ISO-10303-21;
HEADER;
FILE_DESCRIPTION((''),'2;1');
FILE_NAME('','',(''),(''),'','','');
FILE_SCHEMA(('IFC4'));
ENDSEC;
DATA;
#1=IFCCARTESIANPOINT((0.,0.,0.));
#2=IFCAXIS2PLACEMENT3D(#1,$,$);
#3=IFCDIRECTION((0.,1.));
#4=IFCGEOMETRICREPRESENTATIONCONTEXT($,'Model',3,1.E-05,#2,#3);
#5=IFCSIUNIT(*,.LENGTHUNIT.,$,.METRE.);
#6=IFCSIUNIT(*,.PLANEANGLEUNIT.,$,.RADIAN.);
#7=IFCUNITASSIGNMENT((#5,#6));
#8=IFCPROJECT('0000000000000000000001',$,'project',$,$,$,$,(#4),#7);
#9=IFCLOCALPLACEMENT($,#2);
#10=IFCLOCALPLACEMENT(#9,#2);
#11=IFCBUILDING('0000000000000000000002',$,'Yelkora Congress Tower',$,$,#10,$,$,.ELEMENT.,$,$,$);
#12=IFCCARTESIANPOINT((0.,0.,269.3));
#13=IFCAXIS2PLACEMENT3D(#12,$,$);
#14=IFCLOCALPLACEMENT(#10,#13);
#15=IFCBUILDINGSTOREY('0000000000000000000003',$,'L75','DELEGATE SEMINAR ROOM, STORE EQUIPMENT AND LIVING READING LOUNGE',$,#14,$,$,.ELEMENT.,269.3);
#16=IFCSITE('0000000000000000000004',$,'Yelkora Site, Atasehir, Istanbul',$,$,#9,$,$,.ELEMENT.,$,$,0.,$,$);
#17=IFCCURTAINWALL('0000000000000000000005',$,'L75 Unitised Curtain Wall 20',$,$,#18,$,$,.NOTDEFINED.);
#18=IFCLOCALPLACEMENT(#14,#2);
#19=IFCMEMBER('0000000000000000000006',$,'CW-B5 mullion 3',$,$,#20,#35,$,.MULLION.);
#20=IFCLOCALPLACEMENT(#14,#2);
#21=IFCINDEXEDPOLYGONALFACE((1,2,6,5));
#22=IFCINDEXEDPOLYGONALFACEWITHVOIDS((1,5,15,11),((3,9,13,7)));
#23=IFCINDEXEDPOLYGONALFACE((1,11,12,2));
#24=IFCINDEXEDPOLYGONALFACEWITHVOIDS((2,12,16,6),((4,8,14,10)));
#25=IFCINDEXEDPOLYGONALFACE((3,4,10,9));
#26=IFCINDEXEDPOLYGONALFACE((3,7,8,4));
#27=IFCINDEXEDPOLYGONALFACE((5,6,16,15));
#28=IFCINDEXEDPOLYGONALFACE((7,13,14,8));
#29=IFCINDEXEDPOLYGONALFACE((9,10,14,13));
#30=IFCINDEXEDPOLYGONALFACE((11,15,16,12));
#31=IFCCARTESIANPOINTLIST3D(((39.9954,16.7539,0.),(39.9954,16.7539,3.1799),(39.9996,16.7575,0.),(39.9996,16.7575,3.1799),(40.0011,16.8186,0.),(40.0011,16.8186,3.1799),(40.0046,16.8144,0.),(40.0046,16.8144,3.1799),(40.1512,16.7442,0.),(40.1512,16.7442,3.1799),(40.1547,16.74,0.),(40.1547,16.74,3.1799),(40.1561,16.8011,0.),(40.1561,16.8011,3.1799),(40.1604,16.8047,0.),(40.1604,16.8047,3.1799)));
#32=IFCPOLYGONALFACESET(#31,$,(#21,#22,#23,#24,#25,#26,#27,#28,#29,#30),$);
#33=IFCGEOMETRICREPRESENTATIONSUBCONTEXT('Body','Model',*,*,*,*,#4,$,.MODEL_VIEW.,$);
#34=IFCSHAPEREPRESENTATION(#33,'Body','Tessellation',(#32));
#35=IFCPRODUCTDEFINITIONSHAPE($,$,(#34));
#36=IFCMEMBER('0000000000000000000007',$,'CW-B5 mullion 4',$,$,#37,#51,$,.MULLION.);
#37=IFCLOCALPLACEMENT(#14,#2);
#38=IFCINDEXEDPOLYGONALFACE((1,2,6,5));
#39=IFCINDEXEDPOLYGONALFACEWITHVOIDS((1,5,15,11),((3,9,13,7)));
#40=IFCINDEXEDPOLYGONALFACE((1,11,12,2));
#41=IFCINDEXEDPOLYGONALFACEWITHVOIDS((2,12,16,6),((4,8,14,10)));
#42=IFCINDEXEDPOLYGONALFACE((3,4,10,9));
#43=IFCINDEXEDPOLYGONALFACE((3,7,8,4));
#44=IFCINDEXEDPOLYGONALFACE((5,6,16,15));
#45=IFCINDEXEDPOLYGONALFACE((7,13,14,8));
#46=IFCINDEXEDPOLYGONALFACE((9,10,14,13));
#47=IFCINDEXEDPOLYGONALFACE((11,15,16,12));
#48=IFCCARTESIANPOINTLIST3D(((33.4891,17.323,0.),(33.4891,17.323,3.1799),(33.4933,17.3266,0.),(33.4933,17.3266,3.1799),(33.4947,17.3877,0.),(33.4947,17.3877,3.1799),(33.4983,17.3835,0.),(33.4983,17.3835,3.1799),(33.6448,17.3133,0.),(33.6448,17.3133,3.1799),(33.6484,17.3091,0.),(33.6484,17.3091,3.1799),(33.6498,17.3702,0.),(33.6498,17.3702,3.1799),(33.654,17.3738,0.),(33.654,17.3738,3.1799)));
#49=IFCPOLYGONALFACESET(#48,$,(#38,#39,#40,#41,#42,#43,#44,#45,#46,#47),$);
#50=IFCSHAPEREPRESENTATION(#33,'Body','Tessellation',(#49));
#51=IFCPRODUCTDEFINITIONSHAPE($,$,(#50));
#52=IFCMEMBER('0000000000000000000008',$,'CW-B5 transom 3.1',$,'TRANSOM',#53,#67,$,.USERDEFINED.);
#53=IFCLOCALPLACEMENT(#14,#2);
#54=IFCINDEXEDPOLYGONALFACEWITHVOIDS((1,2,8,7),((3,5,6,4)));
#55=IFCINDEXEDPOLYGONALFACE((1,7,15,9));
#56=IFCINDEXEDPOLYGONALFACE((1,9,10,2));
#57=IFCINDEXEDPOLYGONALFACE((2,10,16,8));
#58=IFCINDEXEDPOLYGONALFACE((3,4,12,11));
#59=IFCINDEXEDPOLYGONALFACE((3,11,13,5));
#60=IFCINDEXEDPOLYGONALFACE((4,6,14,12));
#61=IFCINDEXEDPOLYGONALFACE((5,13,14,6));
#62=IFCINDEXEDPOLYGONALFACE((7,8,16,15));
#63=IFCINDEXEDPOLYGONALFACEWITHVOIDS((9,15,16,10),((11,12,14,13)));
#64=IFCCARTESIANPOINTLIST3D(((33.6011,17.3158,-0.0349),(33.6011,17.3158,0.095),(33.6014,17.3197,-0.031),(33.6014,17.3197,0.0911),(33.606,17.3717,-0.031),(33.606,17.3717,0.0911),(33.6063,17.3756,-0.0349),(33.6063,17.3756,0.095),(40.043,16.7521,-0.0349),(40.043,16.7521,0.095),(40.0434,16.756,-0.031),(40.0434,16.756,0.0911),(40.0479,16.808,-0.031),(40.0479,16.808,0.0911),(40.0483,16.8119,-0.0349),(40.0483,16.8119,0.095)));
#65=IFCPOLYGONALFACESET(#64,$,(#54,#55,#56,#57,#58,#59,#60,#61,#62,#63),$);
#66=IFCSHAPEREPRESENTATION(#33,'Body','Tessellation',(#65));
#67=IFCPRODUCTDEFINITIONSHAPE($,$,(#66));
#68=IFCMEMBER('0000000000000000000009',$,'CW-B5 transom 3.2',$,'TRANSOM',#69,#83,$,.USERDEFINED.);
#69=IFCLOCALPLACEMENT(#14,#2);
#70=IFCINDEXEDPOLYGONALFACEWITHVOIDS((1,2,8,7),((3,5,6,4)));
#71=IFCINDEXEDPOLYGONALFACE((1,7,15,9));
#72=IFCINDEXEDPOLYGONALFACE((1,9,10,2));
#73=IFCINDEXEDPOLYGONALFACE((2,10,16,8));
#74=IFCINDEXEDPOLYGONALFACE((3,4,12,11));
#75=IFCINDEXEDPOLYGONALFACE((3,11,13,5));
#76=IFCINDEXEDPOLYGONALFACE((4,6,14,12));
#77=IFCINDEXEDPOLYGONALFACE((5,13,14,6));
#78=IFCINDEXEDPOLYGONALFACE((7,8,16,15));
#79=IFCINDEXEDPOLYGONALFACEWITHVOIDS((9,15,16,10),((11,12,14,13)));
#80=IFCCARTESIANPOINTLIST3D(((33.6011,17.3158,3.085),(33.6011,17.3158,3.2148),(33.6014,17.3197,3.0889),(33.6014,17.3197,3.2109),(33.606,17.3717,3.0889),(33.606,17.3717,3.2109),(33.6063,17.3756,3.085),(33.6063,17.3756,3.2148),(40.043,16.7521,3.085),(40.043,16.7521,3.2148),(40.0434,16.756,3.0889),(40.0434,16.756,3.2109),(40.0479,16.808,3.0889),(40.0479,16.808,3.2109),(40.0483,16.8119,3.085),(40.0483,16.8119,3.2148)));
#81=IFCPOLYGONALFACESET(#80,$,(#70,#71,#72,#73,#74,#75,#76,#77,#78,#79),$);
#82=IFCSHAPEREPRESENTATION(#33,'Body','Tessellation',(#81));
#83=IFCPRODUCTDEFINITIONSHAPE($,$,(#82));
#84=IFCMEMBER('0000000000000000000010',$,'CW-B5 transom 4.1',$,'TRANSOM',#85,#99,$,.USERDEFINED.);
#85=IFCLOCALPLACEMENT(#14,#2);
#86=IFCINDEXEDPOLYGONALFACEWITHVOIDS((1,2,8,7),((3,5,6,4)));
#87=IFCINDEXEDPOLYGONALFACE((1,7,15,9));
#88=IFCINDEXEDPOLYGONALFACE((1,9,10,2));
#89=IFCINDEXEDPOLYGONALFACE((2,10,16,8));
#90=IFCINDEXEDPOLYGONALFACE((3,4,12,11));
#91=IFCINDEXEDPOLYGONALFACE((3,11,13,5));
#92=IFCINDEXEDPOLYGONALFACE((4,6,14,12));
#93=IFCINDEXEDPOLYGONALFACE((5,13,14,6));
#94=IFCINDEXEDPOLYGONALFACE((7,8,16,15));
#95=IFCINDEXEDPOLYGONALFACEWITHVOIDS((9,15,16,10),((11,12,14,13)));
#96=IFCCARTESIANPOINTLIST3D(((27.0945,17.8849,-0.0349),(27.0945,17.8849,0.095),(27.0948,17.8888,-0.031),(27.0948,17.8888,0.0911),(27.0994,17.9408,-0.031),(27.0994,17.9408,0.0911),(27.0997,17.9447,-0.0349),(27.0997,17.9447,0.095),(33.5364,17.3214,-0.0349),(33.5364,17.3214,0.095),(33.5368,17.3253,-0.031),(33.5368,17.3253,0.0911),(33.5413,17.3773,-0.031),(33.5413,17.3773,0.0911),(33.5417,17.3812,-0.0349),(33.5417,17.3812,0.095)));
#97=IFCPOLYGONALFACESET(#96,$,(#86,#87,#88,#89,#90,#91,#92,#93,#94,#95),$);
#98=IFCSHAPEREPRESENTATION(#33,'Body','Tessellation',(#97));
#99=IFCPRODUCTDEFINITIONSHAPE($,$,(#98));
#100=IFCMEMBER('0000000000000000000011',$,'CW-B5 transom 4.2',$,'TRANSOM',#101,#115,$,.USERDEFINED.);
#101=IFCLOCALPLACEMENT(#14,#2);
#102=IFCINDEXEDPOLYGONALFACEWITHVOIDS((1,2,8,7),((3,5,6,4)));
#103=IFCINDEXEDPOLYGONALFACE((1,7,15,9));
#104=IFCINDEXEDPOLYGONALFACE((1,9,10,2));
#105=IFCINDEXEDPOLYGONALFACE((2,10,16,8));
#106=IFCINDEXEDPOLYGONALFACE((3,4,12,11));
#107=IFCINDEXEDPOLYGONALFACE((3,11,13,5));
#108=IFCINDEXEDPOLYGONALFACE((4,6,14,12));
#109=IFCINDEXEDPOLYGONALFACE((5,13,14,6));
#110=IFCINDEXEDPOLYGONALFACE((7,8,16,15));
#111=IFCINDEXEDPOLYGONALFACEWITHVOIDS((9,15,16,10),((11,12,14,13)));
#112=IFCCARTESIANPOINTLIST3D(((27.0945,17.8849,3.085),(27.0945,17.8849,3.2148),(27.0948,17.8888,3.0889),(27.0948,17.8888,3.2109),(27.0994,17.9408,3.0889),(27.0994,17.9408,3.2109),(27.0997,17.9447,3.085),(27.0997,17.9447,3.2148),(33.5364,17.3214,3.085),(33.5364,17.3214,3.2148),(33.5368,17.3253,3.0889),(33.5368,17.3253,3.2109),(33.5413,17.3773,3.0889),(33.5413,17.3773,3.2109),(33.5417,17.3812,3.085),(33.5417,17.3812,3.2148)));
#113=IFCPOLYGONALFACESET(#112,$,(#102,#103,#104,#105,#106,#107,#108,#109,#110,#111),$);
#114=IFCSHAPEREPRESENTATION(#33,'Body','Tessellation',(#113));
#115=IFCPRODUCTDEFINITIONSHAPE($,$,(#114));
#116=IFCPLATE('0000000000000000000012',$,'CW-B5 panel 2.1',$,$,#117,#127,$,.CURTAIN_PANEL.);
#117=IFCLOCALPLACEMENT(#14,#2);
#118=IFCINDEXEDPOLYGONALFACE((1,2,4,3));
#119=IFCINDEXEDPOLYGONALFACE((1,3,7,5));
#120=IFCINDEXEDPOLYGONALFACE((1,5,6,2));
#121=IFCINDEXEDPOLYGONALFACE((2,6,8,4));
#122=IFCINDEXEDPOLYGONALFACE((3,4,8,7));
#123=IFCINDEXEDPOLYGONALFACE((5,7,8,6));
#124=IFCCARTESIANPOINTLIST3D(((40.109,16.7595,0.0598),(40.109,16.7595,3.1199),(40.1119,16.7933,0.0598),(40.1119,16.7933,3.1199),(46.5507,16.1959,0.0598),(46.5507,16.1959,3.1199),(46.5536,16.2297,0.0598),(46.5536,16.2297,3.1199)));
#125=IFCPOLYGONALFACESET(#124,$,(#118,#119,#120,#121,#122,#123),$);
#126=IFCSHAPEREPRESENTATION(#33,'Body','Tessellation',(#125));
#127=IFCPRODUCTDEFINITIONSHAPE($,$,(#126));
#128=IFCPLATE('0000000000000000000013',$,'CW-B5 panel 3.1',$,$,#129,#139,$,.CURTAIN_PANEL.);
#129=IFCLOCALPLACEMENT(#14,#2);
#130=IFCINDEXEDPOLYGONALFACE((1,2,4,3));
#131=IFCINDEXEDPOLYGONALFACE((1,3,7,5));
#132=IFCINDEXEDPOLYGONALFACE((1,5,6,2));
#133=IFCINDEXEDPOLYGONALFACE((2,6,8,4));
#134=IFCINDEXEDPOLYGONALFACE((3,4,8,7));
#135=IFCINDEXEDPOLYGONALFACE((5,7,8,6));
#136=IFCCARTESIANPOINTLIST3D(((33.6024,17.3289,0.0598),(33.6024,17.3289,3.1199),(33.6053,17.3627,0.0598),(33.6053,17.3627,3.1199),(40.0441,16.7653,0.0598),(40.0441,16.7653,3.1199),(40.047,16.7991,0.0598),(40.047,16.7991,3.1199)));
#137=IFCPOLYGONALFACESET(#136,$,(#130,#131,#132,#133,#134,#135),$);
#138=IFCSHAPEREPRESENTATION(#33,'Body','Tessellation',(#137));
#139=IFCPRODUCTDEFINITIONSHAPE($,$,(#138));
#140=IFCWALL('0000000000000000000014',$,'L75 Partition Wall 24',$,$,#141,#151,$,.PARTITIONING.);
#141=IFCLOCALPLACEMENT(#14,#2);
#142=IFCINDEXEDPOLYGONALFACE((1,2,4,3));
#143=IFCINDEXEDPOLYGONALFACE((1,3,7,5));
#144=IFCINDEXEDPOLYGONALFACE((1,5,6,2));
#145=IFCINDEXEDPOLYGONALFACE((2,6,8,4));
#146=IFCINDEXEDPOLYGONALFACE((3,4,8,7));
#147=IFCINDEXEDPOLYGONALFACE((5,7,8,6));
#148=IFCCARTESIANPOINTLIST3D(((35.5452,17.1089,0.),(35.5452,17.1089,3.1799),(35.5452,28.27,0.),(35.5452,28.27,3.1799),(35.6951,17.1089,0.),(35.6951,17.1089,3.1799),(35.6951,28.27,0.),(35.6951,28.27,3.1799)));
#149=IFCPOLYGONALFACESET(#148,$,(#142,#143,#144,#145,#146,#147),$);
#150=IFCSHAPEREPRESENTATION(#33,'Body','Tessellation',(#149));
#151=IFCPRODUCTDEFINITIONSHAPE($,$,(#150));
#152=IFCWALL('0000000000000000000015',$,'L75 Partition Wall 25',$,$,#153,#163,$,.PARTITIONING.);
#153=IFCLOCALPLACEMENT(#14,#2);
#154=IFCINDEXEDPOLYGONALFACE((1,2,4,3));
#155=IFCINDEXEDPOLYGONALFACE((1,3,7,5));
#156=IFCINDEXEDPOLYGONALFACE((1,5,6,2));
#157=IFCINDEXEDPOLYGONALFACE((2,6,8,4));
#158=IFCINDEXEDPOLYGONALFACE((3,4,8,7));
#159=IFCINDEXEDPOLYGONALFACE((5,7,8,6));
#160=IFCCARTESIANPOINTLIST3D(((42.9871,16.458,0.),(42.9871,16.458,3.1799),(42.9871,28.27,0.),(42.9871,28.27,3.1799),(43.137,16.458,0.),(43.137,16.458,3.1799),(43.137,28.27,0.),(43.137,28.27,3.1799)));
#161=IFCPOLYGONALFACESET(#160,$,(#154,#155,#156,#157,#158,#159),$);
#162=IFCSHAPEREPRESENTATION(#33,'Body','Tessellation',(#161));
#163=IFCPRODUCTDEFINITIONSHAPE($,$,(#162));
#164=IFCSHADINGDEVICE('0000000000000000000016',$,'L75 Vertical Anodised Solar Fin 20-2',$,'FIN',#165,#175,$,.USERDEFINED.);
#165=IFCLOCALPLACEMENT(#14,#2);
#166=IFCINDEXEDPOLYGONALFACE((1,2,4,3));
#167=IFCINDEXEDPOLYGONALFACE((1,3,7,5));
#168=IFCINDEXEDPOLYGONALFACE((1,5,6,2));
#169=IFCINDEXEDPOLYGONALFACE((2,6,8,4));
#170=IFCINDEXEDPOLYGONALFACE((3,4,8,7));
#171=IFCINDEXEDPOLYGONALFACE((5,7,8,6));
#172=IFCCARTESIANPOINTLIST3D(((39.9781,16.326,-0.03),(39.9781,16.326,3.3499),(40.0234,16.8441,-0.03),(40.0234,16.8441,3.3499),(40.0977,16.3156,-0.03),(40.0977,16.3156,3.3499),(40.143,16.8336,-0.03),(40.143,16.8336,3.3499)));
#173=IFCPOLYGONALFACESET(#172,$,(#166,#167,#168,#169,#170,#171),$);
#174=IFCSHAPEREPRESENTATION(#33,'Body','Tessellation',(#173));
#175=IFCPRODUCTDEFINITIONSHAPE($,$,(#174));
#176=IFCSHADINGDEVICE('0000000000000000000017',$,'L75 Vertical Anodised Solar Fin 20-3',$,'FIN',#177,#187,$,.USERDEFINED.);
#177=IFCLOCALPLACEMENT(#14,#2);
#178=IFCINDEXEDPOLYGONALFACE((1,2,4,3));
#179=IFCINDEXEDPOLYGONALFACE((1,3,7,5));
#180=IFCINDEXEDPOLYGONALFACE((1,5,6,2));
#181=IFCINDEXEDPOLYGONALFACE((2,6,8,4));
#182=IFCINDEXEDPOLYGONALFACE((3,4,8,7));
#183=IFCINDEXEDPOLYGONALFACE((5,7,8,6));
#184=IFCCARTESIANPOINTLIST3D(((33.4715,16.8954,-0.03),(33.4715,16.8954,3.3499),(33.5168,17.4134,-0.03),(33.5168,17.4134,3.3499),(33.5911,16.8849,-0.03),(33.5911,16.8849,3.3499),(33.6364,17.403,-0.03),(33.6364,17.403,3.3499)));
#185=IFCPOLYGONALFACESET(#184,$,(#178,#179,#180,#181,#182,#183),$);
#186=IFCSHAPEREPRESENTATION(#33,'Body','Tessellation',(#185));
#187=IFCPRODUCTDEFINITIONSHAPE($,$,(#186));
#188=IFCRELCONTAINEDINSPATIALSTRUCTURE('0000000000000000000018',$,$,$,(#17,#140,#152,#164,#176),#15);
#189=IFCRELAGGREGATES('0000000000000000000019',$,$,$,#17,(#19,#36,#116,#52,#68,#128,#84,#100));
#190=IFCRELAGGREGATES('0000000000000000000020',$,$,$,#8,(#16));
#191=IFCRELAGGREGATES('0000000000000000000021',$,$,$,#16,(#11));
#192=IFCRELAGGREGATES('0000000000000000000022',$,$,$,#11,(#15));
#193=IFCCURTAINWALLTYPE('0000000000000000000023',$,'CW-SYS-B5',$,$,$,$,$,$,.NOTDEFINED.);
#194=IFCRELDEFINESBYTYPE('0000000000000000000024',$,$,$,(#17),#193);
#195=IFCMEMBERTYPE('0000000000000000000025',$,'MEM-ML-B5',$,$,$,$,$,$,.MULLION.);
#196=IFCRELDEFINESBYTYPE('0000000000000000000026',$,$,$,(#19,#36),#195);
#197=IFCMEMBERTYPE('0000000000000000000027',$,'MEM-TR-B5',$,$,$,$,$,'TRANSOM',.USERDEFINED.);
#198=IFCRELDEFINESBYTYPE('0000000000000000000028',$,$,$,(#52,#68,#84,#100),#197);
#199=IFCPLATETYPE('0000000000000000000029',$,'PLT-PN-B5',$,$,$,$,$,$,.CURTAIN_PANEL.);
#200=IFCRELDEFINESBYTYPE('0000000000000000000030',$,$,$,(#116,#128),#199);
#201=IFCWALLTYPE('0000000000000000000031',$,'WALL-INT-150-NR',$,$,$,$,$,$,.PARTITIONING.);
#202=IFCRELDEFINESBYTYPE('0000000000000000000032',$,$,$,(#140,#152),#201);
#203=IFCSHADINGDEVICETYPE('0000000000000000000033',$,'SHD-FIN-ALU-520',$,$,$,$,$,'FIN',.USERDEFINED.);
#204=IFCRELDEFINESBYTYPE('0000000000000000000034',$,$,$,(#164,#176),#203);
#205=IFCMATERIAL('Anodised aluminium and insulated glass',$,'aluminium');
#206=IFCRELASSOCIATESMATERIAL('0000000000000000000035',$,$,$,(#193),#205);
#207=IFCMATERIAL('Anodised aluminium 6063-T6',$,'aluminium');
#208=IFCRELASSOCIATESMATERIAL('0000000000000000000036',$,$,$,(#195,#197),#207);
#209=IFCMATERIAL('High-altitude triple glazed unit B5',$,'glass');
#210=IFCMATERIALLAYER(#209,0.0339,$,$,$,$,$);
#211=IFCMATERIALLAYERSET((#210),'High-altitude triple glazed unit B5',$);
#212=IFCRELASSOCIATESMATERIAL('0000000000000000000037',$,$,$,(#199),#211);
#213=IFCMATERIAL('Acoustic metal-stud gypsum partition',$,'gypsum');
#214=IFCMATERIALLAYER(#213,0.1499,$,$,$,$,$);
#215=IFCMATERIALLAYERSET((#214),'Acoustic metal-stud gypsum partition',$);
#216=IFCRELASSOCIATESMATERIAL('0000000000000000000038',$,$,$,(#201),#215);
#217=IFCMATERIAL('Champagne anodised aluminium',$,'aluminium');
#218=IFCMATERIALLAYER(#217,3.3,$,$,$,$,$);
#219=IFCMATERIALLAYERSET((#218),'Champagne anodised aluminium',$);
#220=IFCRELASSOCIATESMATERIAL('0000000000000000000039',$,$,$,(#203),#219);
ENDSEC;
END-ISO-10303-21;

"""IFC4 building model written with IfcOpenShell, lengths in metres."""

from ifc_helpers import new_model, si_unit, direction, frame, frame_2d, origin, origin_2d, place, context, subcontext, project, spatial, rectangle, hollow_rectangle, extrude, material, layer, layer_set, material_profile, profile_set, type_object, element, aggregate, save


model = new_model("IFC4")

# Units and contexts
model_context = context("Model", 3, precision=1e-05, world=origin(), true_north=direction((0.0, 1.0)))
body_context = subcontext(model_context, "Body", "Model", "MODEL_VIEW")
ifc_project = project(units=[si_unit("LENGTHUNIT", "METRE"), si_unit("PLANEANGLEUNIT", "RADIAN")], contexts=[model_context])

# Site, building, storey
site_placement = place(None, origin())
site = spatial("IfcSite", under=ifc_project, at=site_placement, Name="Yelkora Site, Atasehir, Istanbul", CompositionType="ELEMENT", RefElevation=0.0)
building_placement = place(site_placement, origin())
building = spatial("IfcBuilding", under=site, at=building_placement, Name="Yelkora Congress Tower", CompositionType="ELEMENT")
storey_placement = place(building_placement, frame((0.0, 0.0, 269.3)))
storey = spatial("IfcBuildingStorey", under=building, at=storey_placement, Name="L75", Description="DELEGATE SEMINAR ROOM, STORE EQUIPMENT AND LIVING READING LOUNGE", CompositionType="ELEMENT", Elevation=269.3)

# Curtain wall, members, plates
ifc_material_1 = material(Name="Anodised aluminium and insulated glass", Category="aluminium")
curtain_wall_type = type_object("IfcCurtainWallType", Name="CW-SYS-B5", PredefinedType="NOTDEFINED", material=ifc_material_1)
curtain_wall_placement = place(storey_placement, origin())
curtain_wall = element("IfcCurtainWall", 1, at=curtain_wall_placement, inside=storey, type_object=curtain_wall_type, Name="L75 Unitised Curtain Wall 20", PredefinedType="NOTDEFINED")
ifc_material_2 = material(Name="Anodised aluminium 6063-T6", Category="aluminium")
ifc_material_profile_1 = material_profile(ifc_material_2, hollow_rectangle(XDim=0.0649, YDim=0.1599, WallThickness=0.0039, at=origin_2d()), Name="ALU 65x160x4")
ifc_profile_set_1 = profile_set([ifc_material_profile_1], Name="Anodised aluminium 6063-T6")
member_type_1 = type_object("IfcMemberType", Name="MEM-ML-B5", PredefinedType="MULLION", material=ifc_profile_set_1)
member_1_placement = place(storey_placement, frame((40.0779, 16.7793, 0.0), z_axis=(0.0, 0.0, 1.0), x_axis=(-0.087157, -0.996195, 0.0)))
member_1 = element("IfcMember", 2, at=member_1_placement, type_object=member_type_1, Name="CW-B5 mullion 3", PredefinedType="MULLION", context=body_context, shape_type="SweptSolid", body=[
    extrude(hollow_rectangle(XDim=0.0649, YDim=0.1599, WallThickness=0.0039, at=origin_2d()), origin(), (0.0, 0.0, 1.0), 3.1799),
])
member_2_placement = place(storey_placement, frame((33.5715, 17.3484, 0.0), z_axis=(0.0, 0.0, 1.0), x_axis=(-0.087157, -0.996195, 0.0)))
member_2 = element("IfcMember", 3, at=member_2_placement, type_object=member_type_1, Name="CW-B5 mullion 4", PredefinedType="MULLION", context=body_context, shape_type="SweptSolid", body=[
    extrude(hollow_rectangle(XDim=0.0649, YDim=0.1599, WallThickness=0.0039, at=origin_2d()), origin(), (0.0, 0.0, 1.0), 3.1799),
])
ifc_material_profile_2 = material_profile(ifc_material_2, hollow_rectangle(XDim=0.0601, YDim=0.1299, WallThickness=0.0039, at=origin_2d()), Name="ALU 60x130x4")
ifc_profile_set_2 = profile_set([ifc_material_profile_2], Name="Anodised aluminium 6063-T6")
member_type_2 = type_object("IfcMemberType", Name="MEM-TR-B5", ElementType="TRANSOM", PredefinedType="USERDEFINED", material=ifc_profile_set_2)
member_3_placement = place(storey_placement, frame((40.0457, 16.782, 0.03), z_axis=(-0.996193, 0.087175, 0.0), x_axis=(-0.087175, -0.996193, 0.0)))
member_3 = element("IfcMember", 4, at=member_3_placement, type_object=member_type_2, Name="CW-B5 transom 3.1", ObjectType="TRANSOM", PredefinedType="USERDEFINED", context=body_context, shape_type="SweptSolid", body=[
    extrude(hollow_rectangle(XDim=0.0601, YDim=0.1299, WallThickness=0.0039, at=origin_2d()), origin(), (0.0, 0.0, 1.0), 6.4666),
])
member_4_placement = place(storey_placement, frame((40.0457, 16.782, 3.1499), z_axis=(-0.996193, 0.087175, 0.0), x_axis=(-0.087175, -0.996193, 0.0)))
member_4 = element("IfcMember", 5, at=member_4_placement, type_object=member_type_2, Name="CW-B5 transom 3.2", ObjectType="TRANSOM", PredefinedType="USERDEFINED", context=body_context, shape_type="SweptSolid", body=[
    extrude(hollow_rectangle(XDim=0.0601, YDim=0.1299, WallThickness=0.0039, at=origin_2d()), origin(), (0.0, 0.0, 1.0), 6.4666),
])
member_5_placement = place(storey_placement, frame((33.5391, 17.3513, 0.03), z_axis=(-0.996196, 0.087138, 0.0), x_axis=(-0.087138, -0.996196, 0.0)))
member_5 = element("IfcMember", 6, at=member_5_placement, type_object=member_type_2, Name="CW-B5 transom 4.1", ObjectType="TRANSOM", PredefinedType="USERDEFINED", context=body_context, shape_type="SweptSolid", body=[
    extrude(hollow_rectangle(XDim=0.0601, YDim=0.1299, WallThickness=0.0039, at=origin_2d()), origin(), (0.0, 0.0, 1.0), 6.4666),
])
member_6_placement = place(storey_placement, frame((33.5391, 17.3513, 3.1499), z_axis=(-0.996196, 0.087138, 0.0), x_axis=(-0.087138, -0.996196, 0.0)))
member_6 = element("IfcMember", 7, at=member_6_placement, type_object=member_type_2, Name="CW-B5 transom 4.2", ObjectType="TRANSOM", PredefinedType="USERDEFINED", context=body_context, shape_type="SweptSolid", body=[
    extrude(hollow_rectangle(XDim=0.0601, YDim=0.1299, WallThickness=0.0039, at=origin_2d()), origin(), (0.0, 0.0, 1.0), 6.4666),
])
ifc_material_3 = material(Name="High-altitude triple glazed unit B5", Category="glass")
ifc_layer_1 = layer(ifc_material_3, 0.0339)
ifc_layer_set_1 = layer_set([ifc_layer_1], Name="High-altitude triple glazed unit B5")
plate_type = type_object("IfcPlateType", Name="PLT-PN-B5", PredefinedType="CURTAIN_PANEL", material=ifc_layer_set_1)
plate_1_placement = place(storey_placement, frame((43.3313, 16.4946, 0.0598), z_axis=(0.0, 0.0, 1.0), x_axis=(-0.996195, 0.087157, 0.0)))
plate_1 = element("IfcPlate", 8, at=plate_1_placement, type_object=plate_type, Name="CW-B5 panel 2.1", PredefinedType="CURTAIN_PANEL", context=body_context, shape_type="SweptSolid", body=[
    extrude(rectangle(XDim=6.4663, YDim=0.0339, at=origin_2d()), origin(), (0.0, 0.0, 1.0), 3.0601),
])
plate_2_placement = place(storey_placement, frame((36.8247, 17.064, 0.0598), z_axis=(0.0, 0.0, 1.0), x_axis=(-0.996195, 0.087157, 0.0)))
plate_2 = element("IfcPlate", 9, at=plate_2_placement, type_object=plate_type, Name="CW-B5 panel 3.1", PredefinedType="CURTAIN_PANEL", context=body_context, shape_type="SweptSolid", body=[
    extrude(rectangle(XDim=6.4663, YDim=0.0339, at=origin_2d()), origin(), (0.0, 0.0, 1.0), 3.0601),
])
aggregate(curtain_wall, [member_1, member_2, plate_1, member_3, member_4, plate_2, member_5, member_6])

# Walls
ifc_material_4 = material(Name="Acoustic metal-stud gypsum partition", Category="gypsum")
ifc_layer_2 = layer(ifc_material_4, 0.1499)
ifc_layer_set_2 = layer_set([ifc_layer_2], Name="Acoustic metal-stud gypsum partition")
wall_type = type_object("IfcWallType", Name="WALL-INT-150-NR", PredefinedType="PARTITIONING", material=ifc_layer_set_2)
wall_1_placement = place(storey_placement, frame((35.6201, 17.1089, 0.0), z_axis=(0.0, 0.0, 1.0), x_axis=(0.0, 1.0, 0.0)))
element("IfcWall", 10, at=wall_1_placement, inside=storey, type_object=wall_type, Name="L75 Partition Wall 24", PredefinedType="PARTITIONING", context=body_context, shape_type="SweptSolid", body=[
    extrude(rectangle(XDim=11.1611, YDim=0.1499, at=frame_2d((5.5806, 0.0))), origin(), (0.0, 0.0, 1.0), 3.1799),
])
wall_2_placement = place(storey_placement, frame((43.062, 16.458, 0.0), z_axis=(0.0, 0.0, 1.0), x_axis=(0.0, 1.0, 0.0)))
element("IfcWall", 11, at=wall_2_placement, inside=storey, type_object=wall_type, Name="L75 Partition Wall 25", PredefinedType="PARTITIONING", context=body_context, shape_type="SweptSolid", body=[
    extrude(rectangle(XDim=11.812, YDim=0.1499, at=frame_2d((5.906, 0.0))), origin(), (0.0, 0.0, 1.0), 3.1799),
])

# Shading devices
ifc_material_5 = material(Name="Champagne anodised aluminium", Category="aluminium")
ifc_layer_3 = layer(ifc_material_5, 3.3)
ifc_layer_set_3 = layer_set([ifc_layer_3], Name="Champagne anodised aluminium")
shading_device_type = type_object("IfcShadingDeviceType", Name="SHD-FIN-ALU-520", ElementType="FIN", PredefinedType="USERDEFINED", material=ifc_layer_set_3)
for number, where, z_axis, x_axis, name in (
    (12, (40.0605, 16.5798, -0.03), (0.0, 0.0, 1.0), (-0.996195, 0.087156, 0.0), "L75 Vertical Anodised Solar Fin 20-2"),
    (13, (33.554, 17.1492, -0.03), (0.0, 0.0, 1.0), (-0.996195, 0.087156, 0.0), "L75 Vertical Anodised Solar Fin 20-3"),
):
    element("IfcShadingDevice", number, at=place(storey_placement, frame(where, z_axis=z_axis, x_axis=x_axis)), inside=storey, type_object=shading_device_type, Name=name, ObjectType="FIN", PredefinedType="USERDEFINED", context=body_context, shape_type="SweptSolid", body=[
        extrude(rectangle(XDim=0.1201, YDim=0.52, at=origin_2d()), origin(), (0.0, 0.0, 1.0), 3.3799),
    ])

save(model, "model.ifc")
